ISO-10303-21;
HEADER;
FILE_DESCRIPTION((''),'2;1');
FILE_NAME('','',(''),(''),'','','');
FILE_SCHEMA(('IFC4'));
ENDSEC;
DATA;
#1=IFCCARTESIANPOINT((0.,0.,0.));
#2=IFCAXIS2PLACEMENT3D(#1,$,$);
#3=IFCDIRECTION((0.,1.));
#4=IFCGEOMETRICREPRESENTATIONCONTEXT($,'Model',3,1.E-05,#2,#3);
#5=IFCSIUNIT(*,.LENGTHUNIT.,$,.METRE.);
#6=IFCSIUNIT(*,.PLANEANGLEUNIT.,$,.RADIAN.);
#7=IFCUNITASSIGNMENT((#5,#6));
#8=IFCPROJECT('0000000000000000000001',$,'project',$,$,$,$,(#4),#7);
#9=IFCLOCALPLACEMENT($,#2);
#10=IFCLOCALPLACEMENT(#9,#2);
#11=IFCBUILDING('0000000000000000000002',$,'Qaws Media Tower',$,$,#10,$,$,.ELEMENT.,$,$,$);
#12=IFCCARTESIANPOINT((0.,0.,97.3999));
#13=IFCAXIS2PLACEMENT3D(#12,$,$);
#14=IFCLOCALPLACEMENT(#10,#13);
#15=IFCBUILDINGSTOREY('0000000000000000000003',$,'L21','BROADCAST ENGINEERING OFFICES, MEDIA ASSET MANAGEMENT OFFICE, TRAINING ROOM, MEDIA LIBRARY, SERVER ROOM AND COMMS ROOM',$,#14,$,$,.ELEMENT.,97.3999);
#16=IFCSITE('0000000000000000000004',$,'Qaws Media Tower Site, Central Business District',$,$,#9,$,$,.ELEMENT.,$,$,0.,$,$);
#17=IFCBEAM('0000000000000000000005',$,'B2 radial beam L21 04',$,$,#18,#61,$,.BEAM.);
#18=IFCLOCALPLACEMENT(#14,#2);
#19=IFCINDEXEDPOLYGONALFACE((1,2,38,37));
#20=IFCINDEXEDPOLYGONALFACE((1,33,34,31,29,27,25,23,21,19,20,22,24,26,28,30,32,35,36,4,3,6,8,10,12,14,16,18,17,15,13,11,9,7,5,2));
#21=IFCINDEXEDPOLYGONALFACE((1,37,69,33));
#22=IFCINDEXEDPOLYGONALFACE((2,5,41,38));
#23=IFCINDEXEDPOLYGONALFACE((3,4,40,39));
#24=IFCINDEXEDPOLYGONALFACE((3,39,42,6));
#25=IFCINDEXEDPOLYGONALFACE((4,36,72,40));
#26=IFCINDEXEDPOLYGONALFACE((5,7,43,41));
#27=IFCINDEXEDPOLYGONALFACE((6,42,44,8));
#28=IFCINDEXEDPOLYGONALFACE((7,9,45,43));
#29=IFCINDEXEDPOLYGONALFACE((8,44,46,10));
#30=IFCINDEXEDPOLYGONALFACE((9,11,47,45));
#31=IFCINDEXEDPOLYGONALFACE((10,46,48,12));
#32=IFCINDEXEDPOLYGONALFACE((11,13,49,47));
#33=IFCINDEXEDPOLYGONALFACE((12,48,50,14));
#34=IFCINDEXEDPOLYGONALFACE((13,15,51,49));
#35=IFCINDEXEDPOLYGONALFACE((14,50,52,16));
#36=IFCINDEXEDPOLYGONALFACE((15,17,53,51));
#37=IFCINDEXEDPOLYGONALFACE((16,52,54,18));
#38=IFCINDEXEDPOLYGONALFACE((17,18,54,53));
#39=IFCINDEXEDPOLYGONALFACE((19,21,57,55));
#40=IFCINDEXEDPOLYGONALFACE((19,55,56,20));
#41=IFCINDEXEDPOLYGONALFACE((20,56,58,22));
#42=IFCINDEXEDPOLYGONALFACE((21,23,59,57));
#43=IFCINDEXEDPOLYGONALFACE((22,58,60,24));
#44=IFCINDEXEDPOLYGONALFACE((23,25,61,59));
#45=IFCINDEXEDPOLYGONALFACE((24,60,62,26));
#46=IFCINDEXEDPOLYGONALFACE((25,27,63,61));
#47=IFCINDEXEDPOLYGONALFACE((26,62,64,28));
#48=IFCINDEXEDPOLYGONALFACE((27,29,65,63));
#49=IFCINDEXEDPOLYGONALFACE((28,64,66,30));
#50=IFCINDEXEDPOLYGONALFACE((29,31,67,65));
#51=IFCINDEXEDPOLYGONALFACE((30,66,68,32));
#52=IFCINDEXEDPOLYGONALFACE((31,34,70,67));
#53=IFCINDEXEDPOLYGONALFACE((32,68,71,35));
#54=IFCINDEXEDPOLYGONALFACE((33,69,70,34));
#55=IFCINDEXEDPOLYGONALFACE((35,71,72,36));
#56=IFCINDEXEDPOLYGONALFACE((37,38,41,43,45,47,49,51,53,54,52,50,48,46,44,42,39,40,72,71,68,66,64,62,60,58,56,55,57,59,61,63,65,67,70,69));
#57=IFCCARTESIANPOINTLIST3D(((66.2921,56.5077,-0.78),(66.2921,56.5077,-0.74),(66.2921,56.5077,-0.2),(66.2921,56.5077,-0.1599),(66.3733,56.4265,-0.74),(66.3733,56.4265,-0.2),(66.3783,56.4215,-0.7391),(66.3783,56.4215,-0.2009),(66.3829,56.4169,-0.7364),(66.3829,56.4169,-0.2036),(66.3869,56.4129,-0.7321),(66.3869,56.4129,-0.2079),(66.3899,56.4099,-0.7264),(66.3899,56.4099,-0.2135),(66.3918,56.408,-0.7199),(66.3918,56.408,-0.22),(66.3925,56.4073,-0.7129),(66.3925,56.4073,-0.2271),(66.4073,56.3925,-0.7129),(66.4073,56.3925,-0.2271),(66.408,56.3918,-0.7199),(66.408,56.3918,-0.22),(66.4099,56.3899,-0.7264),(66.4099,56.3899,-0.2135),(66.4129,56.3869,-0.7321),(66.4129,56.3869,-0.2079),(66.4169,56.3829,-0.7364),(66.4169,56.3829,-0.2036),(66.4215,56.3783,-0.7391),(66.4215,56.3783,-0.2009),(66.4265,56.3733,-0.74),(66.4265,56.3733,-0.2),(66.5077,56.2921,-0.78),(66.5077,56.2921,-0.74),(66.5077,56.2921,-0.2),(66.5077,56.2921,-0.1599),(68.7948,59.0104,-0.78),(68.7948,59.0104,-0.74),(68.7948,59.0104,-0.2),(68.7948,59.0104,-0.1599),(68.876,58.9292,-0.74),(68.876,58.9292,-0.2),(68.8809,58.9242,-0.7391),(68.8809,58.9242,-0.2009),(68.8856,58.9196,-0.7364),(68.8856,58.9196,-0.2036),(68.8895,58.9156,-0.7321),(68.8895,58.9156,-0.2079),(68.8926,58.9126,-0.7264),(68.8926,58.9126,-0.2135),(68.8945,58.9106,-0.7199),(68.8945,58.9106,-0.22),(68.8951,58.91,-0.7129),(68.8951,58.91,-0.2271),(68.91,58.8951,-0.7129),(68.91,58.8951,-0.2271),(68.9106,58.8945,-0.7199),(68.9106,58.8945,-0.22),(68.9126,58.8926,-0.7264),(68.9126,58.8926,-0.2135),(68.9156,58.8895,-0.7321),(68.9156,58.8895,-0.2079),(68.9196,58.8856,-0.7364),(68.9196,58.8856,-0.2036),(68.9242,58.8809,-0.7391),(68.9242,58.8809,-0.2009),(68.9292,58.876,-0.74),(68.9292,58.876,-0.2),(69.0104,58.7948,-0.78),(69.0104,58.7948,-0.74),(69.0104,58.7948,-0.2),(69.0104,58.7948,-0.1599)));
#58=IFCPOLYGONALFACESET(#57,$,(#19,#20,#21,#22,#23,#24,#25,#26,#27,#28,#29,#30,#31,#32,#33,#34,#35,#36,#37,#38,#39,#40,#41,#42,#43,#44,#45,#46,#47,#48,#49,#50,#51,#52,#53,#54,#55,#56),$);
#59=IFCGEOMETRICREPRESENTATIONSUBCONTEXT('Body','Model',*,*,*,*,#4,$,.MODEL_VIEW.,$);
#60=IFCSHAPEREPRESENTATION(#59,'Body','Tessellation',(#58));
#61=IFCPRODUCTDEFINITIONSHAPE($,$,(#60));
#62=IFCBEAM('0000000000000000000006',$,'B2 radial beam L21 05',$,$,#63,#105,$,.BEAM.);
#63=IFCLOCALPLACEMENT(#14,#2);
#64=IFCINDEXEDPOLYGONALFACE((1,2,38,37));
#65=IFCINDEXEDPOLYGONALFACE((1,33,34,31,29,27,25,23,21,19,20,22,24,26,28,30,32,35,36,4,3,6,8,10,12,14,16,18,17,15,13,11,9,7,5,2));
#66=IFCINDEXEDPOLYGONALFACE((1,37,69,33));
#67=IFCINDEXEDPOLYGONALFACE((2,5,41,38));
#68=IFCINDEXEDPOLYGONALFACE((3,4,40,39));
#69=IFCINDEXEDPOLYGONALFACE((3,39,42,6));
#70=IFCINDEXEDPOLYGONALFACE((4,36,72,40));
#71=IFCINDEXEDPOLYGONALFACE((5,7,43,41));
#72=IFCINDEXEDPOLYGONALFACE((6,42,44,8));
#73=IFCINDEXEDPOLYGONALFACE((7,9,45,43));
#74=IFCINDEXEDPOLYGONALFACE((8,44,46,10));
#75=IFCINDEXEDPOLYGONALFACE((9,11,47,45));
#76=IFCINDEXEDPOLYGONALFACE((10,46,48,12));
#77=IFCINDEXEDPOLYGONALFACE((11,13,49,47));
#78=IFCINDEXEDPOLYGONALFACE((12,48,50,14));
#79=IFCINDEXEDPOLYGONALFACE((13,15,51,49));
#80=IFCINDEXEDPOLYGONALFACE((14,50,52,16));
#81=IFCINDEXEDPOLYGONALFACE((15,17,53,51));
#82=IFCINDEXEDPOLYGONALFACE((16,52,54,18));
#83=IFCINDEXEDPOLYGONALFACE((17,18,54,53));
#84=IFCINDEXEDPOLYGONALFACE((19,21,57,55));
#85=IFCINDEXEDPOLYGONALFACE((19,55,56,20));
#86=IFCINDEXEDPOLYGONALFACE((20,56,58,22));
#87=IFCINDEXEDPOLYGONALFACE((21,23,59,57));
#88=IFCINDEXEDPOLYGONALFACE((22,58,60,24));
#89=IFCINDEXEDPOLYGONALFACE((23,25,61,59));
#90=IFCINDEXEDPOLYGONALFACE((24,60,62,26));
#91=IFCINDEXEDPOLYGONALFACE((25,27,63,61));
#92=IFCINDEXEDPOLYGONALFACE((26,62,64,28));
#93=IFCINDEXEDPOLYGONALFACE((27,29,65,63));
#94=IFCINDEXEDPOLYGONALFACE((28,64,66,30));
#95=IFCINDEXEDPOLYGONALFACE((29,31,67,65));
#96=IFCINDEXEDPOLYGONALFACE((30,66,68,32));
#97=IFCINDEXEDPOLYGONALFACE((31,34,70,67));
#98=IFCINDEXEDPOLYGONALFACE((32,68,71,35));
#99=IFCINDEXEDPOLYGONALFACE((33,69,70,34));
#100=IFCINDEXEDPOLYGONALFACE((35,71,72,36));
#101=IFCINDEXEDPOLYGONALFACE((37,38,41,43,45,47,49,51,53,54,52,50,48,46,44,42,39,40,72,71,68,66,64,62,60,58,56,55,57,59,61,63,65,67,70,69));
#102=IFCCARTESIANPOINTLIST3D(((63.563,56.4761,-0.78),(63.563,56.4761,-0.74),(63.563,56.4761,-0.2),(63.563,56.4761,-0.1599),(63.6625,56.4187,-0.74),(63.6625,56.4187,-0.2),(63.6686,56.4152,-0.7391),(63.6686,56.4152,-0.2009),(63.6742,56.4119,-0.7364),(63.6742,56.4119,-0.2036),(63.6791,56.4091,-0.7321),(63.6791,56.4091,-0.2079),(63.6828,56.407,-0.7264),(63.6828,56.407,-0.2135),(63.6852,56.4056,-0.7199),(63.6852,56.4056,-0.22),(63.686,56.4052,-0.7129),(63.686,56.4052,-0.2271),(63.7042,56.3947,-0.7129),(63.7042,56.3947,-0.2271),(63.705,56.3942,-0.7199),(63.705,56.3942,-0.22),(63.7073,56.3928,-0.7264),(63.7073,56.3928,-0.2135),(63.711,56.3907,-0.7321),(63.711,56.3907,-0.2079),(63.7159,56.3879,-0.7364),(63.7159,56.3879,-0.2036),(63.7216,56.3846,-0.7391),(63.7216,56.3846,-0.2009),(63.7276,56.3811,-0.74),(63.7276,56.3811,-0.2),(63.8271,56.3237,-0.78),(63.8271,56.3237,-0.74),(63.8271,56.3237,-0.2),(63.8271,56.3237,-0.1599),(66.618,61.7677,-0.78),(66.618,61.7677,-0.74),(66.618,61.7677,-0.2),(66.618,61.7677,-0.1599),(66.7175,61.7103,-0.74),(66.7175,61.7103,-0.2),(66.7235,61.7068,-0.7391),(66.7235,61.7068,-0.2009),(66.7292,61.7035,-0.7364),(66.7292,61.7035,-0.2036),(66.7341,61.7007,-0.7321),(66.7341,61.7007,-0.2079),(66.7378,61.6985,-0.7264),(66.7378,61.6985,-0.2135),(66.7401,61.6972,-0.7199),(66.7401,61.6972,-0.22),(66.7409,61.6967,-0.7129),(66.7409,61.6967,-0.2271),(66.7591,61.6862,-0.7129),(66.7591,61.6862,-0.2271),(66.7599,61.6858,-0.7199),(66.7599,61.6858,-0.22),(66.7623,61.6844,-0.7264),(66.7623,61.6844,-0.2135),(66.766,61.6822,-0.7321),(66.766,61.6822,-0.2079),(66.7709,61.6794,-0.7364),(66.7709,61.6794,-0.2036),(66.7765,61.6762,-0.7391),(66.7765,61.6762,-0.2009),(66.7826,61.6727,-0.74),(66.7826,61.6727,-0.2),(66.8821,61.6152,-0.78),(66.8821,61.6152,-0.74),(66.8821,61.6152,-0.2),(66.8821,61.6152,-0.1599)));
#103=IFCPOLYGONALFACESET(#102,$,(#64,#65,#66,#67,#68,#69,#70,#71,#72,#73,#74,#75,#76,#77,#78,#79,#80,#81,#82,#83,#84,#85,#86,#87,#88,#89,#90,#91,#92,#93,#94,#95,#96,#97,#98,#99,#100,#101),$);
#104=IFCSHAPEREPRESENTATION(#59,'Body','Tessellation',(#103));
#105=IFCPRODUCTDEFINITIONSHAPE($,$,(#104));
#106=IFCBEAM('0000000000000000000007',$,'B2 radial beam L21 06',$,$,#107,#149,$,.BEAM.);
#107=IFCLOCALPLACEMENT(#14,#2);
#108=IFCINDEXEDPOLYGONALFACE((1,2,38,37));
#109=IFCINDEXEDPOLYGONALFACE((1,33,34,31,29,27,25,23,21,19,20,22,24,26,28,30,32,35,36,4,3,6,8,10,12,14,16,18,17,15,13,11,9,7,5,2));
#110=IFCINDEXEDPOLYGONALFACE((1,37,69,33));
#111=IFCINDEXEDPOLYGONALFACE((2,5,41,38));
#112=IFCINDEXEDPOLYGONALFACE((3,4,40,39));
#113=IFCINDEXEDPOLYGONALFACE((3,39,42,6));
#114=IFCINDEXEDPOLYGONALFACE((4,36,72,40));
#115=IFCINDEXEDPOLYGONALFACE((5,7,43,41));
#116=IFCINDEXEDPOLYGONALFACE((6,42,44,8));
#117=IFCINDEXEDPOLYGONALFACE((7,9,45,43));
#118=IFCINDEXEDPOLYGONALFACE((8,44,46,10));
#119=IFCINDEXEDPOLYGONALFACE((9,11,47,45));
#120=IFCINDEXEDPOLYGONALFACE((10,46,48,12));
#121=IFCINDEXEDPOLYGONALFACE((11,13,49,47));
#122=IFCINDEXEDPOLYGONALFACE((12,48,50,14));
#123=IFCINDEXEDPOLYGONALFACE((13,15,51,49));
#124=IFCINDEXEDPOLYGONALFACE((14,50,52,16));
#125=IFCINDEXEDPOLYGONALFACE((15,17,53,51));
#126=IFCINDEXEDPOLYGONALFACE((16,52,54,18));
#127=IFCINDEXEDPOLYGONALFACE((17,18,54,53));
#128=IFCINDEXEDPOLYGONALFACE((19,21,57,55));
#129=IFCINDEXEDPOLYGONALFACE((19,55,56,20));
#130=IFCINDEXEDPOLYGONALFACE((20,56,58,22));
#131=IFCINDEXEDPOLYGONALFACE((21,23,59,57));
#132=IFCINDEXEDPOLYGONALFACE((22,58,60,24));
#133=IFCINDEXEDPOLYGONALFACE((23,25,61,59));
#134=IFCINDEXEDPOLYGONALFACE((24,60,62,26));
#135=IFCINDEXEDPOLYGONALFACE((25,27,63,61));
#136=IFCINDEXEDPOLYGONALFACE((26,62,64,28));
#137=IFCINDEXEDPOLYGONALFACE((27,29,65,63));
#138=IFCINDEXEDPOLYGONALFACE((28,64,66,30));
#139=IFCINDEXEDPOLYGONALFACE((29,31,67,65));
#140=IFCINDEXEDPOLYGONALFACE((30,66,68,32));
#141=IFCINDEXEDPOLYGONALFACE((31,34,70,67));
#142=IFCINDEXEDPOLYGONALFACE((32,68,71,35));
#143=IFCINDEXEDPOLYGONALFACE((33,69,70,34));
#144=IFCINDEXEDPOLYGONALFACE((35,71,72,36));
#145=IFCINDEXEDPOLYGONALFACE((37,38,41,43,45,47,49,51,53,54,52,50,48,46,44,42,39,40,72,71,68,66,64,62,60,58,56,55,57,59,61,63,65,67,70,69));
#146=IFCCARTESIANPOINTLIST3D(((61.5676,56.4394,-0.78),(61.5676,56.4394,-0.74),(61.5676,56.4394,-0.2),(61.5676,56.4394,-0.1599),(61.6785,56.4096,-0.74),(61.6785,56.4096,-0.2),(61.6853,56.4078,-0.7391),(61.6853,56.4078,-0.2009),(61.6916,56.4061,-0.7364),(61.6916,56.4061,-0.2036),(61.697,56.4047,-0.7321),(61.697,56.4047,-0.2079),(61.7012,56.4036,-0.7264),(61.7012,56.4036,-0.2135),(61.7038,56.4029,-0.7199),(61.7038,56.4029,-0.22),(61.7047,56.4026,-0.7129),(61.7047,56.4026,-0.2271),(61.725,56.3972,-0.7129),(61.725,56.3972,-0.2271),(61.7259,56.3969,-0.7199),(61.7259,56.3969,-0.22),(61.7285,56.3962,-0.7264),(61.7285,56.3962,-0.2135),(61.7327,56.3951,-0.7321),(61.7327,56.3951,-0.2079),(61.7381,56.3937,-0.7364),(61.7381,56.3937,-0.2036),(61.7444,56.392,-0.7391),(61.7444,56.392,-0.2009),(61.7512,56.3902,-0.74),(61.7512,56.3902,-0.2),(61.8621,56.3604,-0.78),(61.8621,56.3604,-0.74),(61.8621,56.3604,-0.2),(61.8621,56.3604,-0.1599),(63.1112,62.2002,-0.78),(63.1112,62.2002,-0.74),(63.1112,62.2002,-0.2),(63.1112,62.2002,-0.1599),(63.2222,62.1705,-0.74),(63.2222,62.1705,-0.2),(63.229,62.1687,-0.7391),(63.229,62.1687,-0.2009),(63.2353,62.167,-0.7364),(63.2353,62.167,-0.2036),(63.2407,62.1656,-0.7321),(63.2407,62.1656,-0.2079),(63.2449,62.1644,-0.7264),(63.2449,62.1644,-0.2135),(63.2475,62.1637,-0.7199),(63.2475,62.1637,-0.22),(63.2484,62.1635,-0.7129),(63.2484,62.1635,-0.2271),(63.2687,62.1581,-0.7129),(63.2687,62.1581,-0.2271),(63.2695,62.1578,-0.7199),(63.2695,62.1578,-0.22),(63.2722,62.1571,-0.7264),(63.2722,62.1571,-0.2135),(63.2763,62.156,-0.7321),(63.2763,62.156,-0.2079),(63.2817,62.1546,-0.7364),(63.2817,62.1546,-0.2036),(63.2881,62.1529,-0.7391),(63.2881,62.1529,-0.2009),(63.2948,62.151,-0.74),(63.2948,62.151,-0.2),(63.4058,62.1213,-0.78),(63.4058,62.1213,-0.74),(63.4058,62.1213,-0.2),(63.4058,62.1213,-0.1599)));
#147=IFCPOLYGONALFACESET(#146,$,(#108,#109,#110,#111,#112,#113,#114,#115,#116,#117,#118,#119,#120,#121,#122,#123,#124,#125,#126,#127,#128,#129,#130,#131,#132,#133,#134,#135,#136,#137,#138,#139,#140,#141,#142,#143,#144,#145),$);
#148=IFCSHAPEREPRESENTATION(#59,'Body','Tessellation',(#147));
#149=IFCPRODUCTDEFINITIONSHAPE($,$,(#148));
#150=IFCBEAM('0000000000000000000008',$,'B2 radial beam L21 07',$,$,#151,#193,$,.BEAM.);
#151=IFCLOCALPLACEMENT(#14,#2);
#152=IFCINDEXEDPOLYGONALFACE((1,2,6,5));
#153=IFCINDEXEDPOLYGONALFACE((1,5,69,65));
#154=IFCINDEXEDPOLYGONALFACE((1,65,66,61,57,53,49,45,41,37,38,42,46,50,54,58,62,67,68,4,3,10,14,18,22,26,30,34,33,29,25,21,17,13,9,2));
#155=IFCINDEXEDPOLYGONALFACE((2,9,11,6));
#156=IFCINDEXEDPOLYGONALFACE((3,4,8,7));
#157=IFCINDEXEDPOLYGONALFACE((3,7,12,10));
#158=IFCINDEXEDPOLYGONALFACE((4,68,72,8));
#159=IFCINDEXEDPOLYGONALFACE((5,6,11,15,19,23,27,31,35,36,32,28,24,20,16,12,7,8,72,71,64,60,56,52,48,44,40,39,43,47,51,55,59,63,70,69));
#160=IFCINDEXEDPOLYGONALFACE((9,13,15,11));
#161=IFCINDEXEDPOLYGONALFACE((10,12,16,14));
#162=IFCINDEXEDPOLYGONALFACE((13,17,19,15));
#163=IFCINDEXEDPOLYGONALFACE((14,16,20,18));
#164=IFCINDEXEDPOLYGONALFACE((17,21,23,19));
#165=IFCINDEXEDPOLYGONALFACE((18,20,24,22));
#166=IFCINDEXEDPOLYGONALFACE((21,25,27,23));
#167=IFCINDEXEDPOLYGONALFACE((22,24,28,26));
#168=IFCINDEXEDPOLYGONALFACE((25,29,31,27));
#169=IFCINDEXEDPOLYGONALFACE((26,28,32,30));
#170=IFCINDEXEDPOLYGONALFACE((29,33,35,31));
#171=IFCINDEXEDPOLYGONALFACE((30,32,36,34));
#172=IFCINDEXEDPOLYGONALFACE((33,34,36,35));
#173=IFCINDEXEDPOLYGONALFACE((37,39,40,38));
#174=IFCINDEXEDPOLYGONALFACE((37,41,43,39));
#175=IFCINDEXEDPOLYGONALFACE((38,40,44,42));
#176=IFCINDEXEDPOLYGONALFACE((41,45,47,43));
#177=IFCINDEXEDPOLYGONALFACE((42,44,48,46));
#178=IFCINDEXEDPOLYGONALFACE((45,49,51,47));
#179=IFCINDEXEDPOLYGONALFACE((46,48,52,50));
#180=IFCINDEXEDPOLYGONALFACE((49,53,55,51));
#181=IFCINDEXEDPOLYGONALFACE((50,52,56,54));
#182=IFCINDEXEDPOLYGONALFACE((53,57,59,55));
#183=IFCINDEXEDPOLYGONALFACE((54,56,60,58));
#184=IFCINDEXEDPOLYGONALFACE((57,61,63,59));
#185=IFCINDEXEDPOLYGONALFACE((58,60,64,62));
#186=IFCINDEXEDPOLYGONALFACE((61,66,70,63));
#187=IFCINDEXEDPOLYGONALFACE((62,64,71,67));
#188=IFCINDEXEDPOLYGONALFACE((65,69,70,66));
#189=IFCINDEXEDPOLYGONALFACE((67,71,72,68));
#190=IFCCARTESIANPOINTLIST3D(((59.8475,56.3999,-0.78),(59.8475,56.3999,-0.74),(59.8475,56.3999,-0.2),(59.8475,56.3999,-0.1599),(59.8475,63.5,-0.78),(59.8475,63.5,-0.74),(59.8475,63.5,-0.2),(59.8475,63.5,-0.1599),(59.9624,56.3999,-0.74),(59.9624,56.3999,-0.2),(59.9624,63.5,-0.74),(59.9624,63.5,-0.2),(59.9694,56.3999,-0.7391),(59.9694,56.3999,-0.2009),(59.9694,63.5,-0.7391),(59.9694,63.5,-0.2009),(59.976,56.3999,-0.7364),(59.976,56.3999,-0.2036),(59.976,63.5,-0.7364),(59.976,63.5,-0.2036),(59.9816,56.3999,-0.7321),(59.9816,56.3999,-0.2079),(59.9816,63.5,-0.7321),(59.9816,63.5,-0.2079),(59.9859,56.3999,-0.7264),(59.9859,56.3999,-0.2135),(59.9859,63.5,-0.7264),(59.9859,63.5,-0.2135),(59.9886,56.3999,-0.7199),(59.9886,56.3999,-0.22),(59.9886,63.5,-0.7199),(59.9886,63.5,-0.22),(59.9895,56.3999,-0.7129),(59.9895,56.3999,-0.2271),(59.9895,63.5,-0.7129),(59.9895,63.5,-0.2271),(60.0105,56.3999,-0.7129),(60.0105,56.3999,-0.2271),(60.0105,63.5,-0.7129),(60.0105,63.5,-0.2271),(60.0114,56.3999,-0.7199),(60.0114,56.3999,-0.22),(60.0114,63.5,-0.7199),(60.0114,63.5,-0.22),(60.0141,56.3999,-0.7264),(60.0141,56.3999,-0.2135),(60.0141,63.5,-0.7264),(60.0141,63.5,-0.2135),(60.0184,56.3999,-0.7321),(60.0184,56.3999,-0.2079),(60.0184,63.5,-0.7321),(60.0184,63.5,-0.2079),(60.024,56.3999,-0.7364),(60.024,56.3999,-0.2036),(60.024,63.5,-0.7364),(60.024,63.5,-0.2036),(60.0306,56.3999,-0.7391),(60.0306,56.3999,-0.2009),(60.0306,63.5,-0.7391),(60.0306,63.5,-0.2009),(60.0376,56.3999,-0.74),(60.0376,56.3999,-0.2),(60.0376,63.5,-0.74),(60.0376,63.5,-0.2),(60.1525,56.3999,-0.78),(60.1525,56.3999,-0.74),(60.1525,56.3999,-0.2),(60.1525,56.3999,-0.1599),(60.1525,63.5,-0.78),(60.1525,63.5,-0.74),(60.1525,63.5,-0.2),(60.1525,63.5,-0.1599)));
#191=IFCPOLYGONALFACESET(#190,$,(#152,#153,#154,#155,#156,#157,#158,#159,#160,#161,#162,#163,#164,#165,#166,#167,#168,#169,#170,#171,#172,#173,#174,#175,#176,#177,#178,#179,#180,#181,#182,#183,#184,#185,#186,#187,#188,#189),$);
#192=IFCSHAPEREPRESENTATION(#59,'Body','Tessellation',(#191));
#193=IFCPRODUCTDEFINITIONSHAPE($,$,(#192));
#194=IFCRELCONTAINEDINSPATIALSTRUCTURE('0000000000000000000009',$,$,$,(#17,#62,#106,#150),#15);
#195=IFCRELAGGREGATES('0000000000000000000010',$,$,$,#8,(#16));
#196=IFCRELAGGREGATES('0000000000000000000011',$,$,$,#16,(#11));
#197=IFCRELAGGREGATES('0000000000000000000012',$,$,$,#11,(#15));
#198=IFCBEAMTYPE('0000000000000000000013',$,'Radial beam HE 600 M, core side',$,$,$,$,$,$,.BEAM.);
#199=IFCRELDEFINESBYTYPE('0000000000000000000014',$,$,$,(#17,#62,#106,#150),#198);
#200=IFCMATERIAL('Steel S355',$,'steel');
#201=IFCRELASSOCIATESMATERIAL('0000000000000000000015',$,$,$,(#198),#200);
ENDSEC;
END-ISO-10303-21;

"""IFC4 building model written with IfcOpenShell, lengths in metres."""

from ifc_helpers import new_model, si_unit, direction, frame, origin, origin_2d, place, context, subcontext, project, spatial, i_section, extrude, material, material_profile, profile_set, type_object, element, save


model = new_model("IFC4")

# Units and contexts
model_context = context("Model", 3, precision=1e-05, world=origin(), true_north=direction((0.0, 1.0)))
body_context = subcontext(model_context, "Body", "Model", "MODEL_VIEW")
ifc_project = project(units=[si_unit("LENGTHUNIT", "METRE"), si_unit("PLANEANGLEUNIT", "RADIAN")], contexts=[model_context])

# Site, building, storey
site_placement = place(None, origin())
site = spatial("IfcSite", under=ifc_project, at=site_placement, Name="Qaws Media Tower Site, Central Business District", CompositionType="ELEMENT", RefElevation=0.0)
building_placement = place(site_placement, origin())
building = spatial("IfcBuilding", under=site, at=building_placement, Name="Qaws Media Tower", CompositionType="ELEMENT")
storey_placement = place(building_placement, frame((0.0, 0.0, 97.3999)))
storey = spatial("IfcBuildingStorey", under=building, at=storey_placement, Name="L21", Description="BROADCAST ENGINEERING OFFICES, MEDIA ASSET MANAGEMENT OFFICE, TRAINING ROOM, MEDIA LIBRARY, SERVER ROOM AND COMMS ROOM", CompositionType="ELEMENT", Elevation=97.3999)

# Beams
ifc_material_1 = material(Name="Steel S355", Category="steel")
ifc_material_profile_1 = material_profile(ifc_material_1, i_section(OverallWidth=0.3049, OverallDepth=0.6201, WebThickness=0.021, FlangeThickness=0.04, FilletRadius=0.0271, at=origin_2d()), Name="HE 600 M")
ifc_profile_set_1 = profile_set([ifc_material_profile_1], Name="Steel S355")
beam_type_1 = type_object("IfcBeamType", Name="Radial beam HE 600 M, core side", PredefinedType="BEAM", material=ifc_profile_set_1)
beam_1_placement = place(storey_placement, frame((66.3999, 56.3999, -0.47), z_axis=(0.707107, 0.707107, 0.0), x_axis=(-0.707107, 0.707107, 0.0)))
element("IfcBeam", 1, at=beam_1_placement, inside=storey, type_object=beam_type_1, Name="B2 radial beam L21 04", PredefinedType="BEAM", context=body_context, shape_type="SweptSolid", body=[
    extrude(i_section(OverallWidth=0.3049, OverallDepth=0.6201, WebThickness=0.021, FlangeThickness=0.04, FilletRadius=0.0271, at=origin_2d()), origin(), (0.0, 0.0, 1.0), 3.5393),
])
beam_2_placement = place(storey_placement, frame((63.6951, 56.3999, -0.47), z_axis=(0.499985, 0.866034, 0.0), x_axis=(-0.866034, 0.499985, 0.0)))
element("IfcBeam", 2, at=beam_2_placement, inside=storey, type_object=beam_type_1, Name="B2 radial beam L21 05", PredefinedType="BEAM", context=body_context, shape_type="SweptSolid", body=[
    extrude(i_section(OverallWidth=0.3049, OverallDepth=0.6201, WebThickness=0.021, FlangeThickness=0.04, FilletRadius=0.0271, at=origin_2d()), origin(), (0.0, 0.0, 1.0), 6.1101),
])
beam_3_placement = place(storey_placement, frame((61.7148, 56.3999, -0.47), z_axis=(0.258827, 0.965924, 0.0), x_axis=(-0.965924, 0.258827, 0.0)))
element("IfcBeam", 3, at=beam_3_placement, inside=storey, type_object=beam_type_1, Name="B2 radial beam L21 06", PredefinedType="BEAM", context=body_context, shape_type="SweptSolid", body=[
    extrude(i_section(OverallWidth=0.3049, OverallDepth=0.6201, WebThickness=0.021, FlangeThickness=0.04, FilletRadius=0.0271, at=origin_2d()), origin(), (0.0, 0.0, 1.0), 5.9641),
])
beam_4_placement = place(storey_placement, frame((60.0, 56.3999, -0.47), z_axis=(0.0, 1.0, 0.0), x_axis=(-1.0, 0.0, 0.0)))
element("IfcBeam", 4, at=beam_4_placement, inside=storey, type_object=beam_type_1, Name="B2 radial beam L21 07", PredefinedType="BEAM", context=body_context, shape_type="SweptSolid", body=[
    extrude(i_section(OverallWidth=0.3049, OverallDepth=0.6201, WebThickness=0.021, FlangeThickness=0.04, FilletRadius=0.0271, at=origin_2d()), origin(), (0.0, 0.0, 1.0), 7.1001),
])

save(model, "model.ifc")
